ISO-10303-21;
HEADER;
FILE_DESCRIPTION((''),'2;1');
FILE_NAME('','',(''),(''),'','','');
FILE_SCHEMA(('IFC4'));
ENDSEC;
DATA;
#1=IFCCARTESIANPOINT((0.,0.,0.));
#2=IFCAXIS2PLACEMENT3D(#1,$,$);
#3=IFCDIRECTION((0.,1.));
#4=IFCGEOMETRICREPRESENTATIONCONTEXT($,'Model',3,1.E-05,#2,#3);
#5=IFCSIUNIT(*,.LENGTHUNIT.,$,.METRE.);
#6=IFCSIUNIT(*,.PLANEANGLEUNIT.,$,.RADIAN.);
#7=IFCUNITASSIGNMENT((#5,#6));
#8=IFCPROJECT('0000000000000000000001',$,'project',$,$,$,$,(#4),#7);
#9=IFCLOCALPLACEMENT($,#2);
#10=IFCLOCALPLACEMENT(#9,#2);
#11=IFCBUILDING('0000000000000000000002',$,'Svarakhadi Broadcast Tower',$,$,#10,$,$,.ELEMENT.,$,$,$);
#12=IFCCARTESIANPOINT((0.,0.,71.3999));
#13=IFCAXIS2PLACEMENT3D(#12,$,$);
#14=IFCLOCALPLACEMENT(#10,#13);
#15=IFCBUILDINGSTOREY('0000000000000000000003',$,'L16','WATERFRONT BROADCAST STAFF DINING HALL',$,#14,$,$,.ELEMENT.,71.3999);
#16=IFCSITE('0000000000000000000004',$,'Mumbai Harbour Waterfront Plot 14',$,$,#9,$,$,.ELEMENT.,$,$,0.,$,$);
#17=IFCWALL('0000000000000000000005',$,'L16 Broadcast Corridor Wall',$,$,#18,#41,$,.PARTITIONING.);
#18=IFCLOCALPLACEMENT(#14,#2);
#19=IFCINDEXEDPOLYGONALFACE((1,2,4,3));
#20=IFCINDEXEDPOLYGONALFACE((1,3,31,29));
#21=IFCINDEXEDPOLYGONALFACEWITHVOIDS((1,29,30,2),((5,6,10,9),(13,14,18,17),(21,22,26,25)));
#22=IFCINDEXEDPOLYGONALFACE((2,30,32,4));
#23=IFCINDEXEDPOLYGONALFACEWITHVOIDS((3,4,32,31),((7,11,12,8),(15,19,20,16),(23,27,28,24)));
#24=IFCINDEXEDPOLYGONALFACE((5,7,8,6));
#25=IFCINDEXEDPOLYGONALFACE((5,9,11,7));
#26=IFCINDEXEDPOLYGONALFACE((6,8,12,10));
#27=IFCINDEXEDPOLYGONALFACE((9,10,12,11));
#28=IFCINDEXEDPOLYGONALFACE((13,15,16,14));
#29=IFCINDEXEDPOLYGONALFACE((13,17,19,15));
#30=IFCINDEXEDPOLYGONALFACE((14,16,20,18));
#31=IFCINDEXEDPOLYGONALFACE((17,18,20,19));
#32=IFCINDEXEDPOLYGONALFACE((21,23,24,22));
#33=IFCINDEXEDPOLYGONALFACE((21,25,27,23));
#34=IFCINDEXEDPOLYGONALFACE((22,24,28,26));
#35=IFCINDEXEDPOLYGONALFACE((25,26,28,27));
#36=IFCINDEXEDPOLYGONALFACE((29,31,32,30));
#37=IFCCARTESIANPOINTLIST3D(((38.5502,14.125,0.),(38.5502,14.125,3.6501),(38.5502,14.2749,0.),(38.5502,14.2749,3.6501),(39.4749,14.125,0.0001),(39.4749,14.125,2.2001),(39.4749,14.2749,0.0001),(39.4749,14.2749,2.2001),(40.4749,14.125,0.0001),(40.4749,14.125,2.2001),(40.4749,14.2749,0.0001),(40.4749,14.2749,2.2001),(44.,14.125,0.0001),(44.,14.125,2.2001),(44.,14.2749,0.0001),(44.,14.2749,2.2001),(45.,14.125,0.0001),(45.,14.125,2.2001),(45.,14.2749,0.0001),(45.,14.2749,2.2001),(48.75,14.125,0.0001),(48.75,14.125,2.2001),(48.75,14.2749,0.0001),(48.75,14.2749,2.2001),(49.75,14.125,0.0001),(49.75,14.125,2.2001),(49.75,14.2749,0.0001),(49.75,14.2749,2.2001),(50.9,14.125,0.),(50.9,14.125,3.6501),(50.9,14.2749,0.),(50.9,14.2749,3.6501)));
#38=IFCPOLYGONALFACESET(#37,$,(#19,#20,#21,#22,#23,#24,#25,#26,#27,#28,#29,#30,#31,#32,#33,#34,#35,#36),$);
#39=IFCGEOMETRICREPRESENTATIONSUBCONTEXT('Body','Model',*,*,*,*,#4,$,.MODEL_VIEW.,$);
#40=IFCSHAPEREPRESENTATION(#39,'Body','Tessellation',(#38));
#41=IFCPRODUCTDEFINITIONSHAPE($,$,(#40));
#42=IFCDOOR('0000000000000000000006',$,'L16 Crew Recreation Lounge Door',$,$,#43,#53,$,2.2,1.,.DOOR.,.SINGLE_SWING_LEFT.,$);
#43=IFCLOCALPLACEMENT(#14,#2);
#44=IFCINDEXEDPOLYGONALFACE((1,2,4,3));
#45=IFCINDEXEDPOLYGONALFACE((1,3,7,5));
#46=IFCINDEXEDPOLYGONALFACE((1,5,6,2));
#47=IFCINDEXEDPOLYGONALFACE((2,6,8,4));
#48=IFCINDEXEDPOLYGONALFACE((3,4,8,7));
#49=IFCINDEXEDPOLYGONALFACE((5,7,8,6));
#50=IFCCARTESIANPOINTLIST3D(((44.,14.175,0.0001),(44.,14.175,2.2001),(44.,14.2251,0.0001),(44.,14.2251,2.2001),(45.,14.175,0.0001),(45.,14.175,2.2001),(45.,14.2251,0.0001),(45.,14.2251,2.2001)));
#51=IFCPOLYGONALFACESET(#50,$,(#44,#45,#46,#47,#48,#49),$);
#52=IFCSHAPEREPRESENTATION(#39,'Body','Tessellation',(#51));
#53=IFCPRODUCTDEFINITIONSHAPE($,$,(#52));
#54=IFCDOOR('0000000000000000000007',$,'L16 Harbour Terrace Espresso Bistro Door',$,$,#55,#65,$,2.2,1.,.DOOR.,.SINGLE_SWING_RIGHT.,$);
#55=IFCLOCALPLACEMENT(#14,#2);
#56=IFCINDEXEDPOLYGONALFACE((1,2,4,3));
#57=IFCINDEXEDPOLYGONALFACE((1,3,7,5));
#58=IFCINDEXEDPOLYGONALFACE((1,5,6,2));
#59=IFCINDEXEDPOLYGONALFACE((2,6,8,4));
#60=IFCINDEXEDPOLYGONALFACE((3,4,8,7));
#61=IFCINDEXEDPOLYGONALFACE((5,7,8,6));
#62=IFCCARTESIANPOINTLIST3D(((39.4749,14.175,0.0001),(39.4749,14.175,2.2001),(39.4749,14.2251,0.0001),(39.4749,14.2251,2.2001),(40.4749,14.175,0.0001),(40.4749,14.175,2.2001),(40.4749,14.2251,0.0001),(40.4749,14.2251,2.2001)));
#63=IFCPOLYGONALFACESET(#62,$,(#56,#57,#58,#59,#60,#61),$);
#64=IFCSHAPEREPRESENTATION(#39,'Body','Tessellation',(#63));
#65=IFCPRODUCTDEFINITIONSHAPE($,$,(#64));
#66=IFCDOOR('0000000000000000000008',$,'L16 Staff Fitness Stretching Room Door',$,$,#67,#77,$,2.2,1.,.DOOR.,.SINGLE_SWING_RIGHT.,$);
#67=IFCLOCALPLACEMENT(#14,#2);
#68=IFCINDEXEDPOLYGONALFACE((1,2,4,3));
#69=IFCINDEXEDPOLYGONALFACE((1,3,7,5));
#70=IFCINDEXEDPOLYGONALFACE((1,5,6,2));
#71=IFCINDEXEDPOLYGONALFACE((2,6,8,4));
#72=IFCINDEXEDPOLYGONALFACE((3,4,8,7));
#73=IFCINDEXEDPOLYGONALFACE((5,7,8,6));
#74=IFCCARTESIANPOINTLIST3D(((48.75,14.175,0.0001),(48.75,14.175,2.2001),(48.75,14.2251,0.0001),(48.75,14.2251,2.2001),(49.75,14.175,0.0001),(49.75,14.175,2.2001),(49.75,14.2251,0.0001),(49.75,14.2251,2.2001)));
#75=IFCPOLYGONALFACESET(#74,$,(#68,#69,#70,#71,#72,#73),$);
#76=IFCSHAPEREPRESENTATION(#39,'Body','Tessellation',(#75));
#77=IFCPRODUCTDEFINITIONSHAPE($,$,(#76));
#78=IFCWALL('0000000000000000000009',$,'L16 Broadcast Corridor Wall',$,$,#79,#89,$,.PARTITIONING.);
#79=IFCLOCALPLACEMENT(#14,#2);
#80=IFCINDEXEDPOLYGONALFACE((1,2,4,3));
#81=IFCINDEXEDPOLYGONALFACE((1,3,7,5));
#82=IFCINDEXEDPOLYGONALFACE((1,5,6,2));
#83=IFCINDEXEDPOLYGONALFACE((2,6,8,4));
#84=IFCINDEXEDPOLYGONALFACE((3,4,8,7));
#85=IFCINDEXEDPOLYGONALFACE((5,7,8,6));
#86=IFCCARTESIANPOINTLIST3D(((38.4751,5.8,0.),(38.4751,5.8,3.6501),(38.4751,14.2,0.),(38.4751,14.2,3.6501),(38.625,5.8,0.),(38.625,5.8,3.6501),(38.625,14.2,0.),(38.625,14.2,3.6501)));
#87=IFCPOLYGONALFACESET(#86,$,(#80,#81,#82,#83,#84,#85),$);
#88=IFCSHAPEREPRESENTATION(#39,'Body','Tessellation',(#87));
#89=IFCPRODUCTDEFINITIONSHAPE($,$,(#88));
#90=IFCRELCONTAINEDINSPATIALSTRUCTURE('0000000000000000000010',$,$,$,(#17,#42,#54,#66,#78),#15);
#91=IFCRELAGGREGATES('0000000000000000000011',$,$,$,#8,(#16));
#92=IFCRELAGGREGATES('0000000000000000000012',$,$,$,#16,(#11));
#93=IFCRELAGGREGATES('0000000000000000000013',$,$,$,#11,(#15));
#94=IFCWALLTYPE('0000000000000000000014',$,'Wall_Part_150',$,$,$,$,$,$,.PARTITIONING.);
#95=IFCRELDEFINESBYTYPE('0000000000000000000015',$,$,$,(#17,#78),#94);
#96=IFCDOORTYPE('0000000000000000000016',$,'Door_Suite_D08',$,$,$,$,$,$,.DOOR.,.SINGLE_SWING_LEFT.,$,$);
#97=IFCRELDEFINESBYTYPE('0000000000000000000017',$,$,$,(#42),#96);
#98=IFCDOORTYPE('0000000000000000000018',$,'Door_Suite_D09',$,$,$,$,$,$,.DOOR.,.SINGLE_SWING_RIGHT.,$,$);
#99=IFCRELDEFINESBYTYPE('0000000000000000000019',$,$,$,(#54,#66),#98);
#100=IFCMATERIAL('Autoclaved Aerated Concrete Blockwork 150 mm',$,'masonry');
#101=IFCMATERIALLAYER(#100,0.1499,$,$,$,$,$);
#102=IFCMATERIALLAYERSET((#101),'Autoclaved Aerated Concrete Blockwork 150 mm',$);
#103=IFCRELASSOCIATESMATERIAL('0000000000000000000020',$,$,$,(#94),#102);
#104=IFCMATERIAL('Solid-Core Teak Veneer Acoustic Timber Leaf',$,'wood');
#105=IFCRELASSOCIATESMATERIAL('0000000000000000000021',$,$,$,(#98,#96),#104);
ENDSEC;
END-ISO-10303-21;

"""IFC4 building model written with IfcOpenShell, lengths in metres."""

from ifc_helpers import new_model, si_unit, direction, frame, frame_2d, origin, place, context, subcontext, project, spatial, rectangle, extrude, material, layer, layer_set, type_object, element, fill, save


model = new_model("IFC4")

# Units and contexts
model_context = context("Model", 3, precision=1e-05, world=origin(), true_north=direction((0.0, 1.0)))
body_context = subcontext(model_context, "Body", "Model", "MODEL_VIEW")
ifc_project = project(units=[si_unit("LENGTHUNIT", "METRE"), si_unit("PLANEANGLEUNIT", "RADIAN")], contexts=[model_context])

# Site, building, storey
site_placement = place(None, origin())
site = spatial("IfcSite", under=ifc_project, at=site_placement, Name="Mumbai Harbour Waterfront Plot 14", CompositionType="ELEMENT", RefElevation=0.0)
building_placement = place(site_placement, origin())
building = spatial("IfcBuilding", under=site, at=building_placement, Name="Svarakhadi Broadcast Tower", CompositionType="ELEMENT")
storey_placement = place(building_placement, frame((0.0, 0.0, 71.3999)))
storey = spatial("IfcBuildingStorey", under=building, at=storey_placement, Name="L16", Description="WATERFRONT BROADCAST STAFF DINING HALL", CompositionType="ELEMENT", Elevation=71.3999)

# Shared definitions
ifc_material_1 = material(Name="Autoclaved Aerated Concrete Blockwork 150 mm", Category="masonry")
ifc_layer_1 = layer(ifc_material_1, 0.1499)
ifc_layer_set_1 = layer_set([ifc_layer_1], Name="Autoclaved Aerated Concrete Blockwork 150 mm")
wall_type_1 = type_object("IfcWallType", Name="Wall_Part_150", PredefinedType="PARTITIONING", material=ifc_layer_set_1)

# Shared definitions
ifc_material_2 = material(Name="Solid-Core Teak Veneer Acoustic Timber Leaf", Category="wood")
door_type_1 = type_object("IfcDoorType", Name="Door_Suite_D09", OperationType="SINGLE_SWING_RIGHT", PredefinedType="DOOR", material=ifc_material_2)

# Wall, openings, doors
wall_1_placement = place(storey_placement, frame((50.8999, 14.2, 0.0), z_axis=(0.0, 0.0, 1.0), x_axis=(-1.0, 0.0, 0.0)))
wall_1 = element("IfcWall", 1, at=wall_1_placement, inside=storey, type_object=wall_type_1, Name="L16 Broadcast Corridor Wall", PredefinedType="PARTITIONING", context=body_context, shape_type="SweptSolid", body=[
    extrude(rectangle(XDim=12.3499, YDim=0.1499, at=frame_2d((6.1748, 0.0))), origin(), (0.0, 0.0, 1.0), 3.6501),
])
opening_1_placement = place(wall_1_placement, frame((10.425, 0.0, 0.0)))
opening_1 = element("IfcOpeningElement", 2, at=opening_1_placement, cuts=wall_1, PredefinedType="OPENING", context=body_context, shape_type="SweptSolid", body=[
    extrude(rectangle(XDim=1.0, YDim=2.2, at=frame_2d((0.5, 1.1001))), frame((0.0, 0.085, 0.0), z_axis=(0.0, -1.0, 0.0), x_axis=(1.0, 0.0, 0.0)), (0.0, 0.0, 1.0), 0.1699),
])
opening_2_placement = place(wall_1_placement, frame((5.8999, 0.0, 0.0)))
opening_2 = element("IfcOpeningElement", 3, at=opening_2_placement, cuts=wall_1, PredefinedType="OPENING", context=body_context, shape_type="SweptSolid", body=[
    extrude(rectangle(XDim=1.0, YDim=2.2, at=frame_2d((0.5, 1.1001))), frame((0.0, 0.085, 0.0), z_axis=(0.0, -1.0, 0.0), x_axis=(1.0, 0.0, 0.0)), (0.0, 0.0, 1.0), 0.1699),
])
opening_3_placement = place(wall_1_placement, frame((1.1499, 0.0, 0.0)))
opening_3 = element("IfcOpeningElement", 4, at=opening_3_placement, cuts=wall_1, PredefinedType="OPENING", context=body_context, shape_type="SweptSolid", body=[
    extrude(rectangle(XDim=1.0, YDim=2.2, at=frame_2d((0.5, 1.1001))), frame((0.0, 0.085, 0.0), z_axis=(0.0, -1.0, 0.0), x_axis=(1.0, 0.0, 0.0)), (0.0, 0.0, 1.0), 0.1699),
])
door_type_2 = type_object("IfcDoorType", Name="Door_Suite_D08", OperationType="SINGLE_SWING_LEFT", PredefinedType="DOOR", material=ifc_material_2)
door_1_placement = place(opening_2_placement, origin())
door_1 = element("IfcDoor", 5, at=door_1_placement, inside=storey, type_object=door_type_2, Name="L16 Crew Recreation Lounge Door", OperationType="SINGLE_SWING_LEFT", OverallHeight=2.2, OverallWidth=1.0, PredefinedType="DOOR", context=body_context, shape_type="SweptSolid", body=[
    extrude(rectangle(XDim=1.0, YDim=2.2, at=frame_2d((0.5, 1.1001))), frame((0.0, 0.0249, 0.0), z_axis=(0.0, -1.0, 0.0), x_axis=(1.0, 0.0, 0.0)), (0.0, 0.0, 1.0), 0.05),
])
fill(opening_2, door_1)
door_2_placement = place(opening_1_placement, origin())
door_2 = element("IfcDoor", 6, at=door_2_placement, inside=storey, type_object=door_type_1, Name="L16 Harbour Terrace Espresso Bistro Door", OperationType="SINGLE_SWING_RIGHT", OverallHeight=2.2, OverallWidth=1.0, PredefinedType="DOOR", context=body_context, shape_type="SweptSolid", body=[
    extrude(rectangle(XDim=1.0, YDim=2.2, at=frame_2d((0.5, 1.1001))), frame((0.0, 0.0249, 0.0), z_axis=(0.0, -1.0, 0.0), x_axis=(1.0, 0.0, 0.0)), (0.0, 0.0, 1.0), 0.05),
])
fill(opening_1, door_2)
door_3_placement = place(opening_3_placement, origin())
door_3 = element("IfcDoor", 7, at=door_3_placement, inside=storey, type_object=door_type_1, Name="L16 Staff Fitness Stretching Room Door", OperationType="SINGLE_SWING_RIGHT", OverallHeight=2.2, OverallWidth=1.0, PredefinedType="DOOR", context=body_context, shape_type="SweptSolid", body=[
    extrude(rectangle(XDim=1.0, YDim=2.2, at=frame_2d((0.5, 1.1001))), frame((0.0, 0.0249, 0.0), z_axis=(0.0, -1.0, 0.0), x_axis=(1.0, 0.0, 0.0)), (0.0, 0.0, 1.0), 0.05),
])
fill(opening_3, door_3)

# Wall
wall_2_placement = place(storey_placement, frame((38.55, 14.2, 0.0), z_axis=(0.0, 0.0, 1.0), x_axis=(0.0, -1.0, 0.0)))
element("IfcWall", 8, at=wall_2_placement, inside=storey, type_object=wall_type_1, Name="L16 Broadcast Corridor Wall", PredefinedType="PARTITIONING", context=body_context, shape_type="SweptSolid", body=[
    extrude(rectangle(XDim=8.3999, YDim=0.1499, at=frame_2d((4.2, 0.0))), origin(), (0.0, 0.0, 1.0), 3.6501),
])

save(model, "model.ifc")
